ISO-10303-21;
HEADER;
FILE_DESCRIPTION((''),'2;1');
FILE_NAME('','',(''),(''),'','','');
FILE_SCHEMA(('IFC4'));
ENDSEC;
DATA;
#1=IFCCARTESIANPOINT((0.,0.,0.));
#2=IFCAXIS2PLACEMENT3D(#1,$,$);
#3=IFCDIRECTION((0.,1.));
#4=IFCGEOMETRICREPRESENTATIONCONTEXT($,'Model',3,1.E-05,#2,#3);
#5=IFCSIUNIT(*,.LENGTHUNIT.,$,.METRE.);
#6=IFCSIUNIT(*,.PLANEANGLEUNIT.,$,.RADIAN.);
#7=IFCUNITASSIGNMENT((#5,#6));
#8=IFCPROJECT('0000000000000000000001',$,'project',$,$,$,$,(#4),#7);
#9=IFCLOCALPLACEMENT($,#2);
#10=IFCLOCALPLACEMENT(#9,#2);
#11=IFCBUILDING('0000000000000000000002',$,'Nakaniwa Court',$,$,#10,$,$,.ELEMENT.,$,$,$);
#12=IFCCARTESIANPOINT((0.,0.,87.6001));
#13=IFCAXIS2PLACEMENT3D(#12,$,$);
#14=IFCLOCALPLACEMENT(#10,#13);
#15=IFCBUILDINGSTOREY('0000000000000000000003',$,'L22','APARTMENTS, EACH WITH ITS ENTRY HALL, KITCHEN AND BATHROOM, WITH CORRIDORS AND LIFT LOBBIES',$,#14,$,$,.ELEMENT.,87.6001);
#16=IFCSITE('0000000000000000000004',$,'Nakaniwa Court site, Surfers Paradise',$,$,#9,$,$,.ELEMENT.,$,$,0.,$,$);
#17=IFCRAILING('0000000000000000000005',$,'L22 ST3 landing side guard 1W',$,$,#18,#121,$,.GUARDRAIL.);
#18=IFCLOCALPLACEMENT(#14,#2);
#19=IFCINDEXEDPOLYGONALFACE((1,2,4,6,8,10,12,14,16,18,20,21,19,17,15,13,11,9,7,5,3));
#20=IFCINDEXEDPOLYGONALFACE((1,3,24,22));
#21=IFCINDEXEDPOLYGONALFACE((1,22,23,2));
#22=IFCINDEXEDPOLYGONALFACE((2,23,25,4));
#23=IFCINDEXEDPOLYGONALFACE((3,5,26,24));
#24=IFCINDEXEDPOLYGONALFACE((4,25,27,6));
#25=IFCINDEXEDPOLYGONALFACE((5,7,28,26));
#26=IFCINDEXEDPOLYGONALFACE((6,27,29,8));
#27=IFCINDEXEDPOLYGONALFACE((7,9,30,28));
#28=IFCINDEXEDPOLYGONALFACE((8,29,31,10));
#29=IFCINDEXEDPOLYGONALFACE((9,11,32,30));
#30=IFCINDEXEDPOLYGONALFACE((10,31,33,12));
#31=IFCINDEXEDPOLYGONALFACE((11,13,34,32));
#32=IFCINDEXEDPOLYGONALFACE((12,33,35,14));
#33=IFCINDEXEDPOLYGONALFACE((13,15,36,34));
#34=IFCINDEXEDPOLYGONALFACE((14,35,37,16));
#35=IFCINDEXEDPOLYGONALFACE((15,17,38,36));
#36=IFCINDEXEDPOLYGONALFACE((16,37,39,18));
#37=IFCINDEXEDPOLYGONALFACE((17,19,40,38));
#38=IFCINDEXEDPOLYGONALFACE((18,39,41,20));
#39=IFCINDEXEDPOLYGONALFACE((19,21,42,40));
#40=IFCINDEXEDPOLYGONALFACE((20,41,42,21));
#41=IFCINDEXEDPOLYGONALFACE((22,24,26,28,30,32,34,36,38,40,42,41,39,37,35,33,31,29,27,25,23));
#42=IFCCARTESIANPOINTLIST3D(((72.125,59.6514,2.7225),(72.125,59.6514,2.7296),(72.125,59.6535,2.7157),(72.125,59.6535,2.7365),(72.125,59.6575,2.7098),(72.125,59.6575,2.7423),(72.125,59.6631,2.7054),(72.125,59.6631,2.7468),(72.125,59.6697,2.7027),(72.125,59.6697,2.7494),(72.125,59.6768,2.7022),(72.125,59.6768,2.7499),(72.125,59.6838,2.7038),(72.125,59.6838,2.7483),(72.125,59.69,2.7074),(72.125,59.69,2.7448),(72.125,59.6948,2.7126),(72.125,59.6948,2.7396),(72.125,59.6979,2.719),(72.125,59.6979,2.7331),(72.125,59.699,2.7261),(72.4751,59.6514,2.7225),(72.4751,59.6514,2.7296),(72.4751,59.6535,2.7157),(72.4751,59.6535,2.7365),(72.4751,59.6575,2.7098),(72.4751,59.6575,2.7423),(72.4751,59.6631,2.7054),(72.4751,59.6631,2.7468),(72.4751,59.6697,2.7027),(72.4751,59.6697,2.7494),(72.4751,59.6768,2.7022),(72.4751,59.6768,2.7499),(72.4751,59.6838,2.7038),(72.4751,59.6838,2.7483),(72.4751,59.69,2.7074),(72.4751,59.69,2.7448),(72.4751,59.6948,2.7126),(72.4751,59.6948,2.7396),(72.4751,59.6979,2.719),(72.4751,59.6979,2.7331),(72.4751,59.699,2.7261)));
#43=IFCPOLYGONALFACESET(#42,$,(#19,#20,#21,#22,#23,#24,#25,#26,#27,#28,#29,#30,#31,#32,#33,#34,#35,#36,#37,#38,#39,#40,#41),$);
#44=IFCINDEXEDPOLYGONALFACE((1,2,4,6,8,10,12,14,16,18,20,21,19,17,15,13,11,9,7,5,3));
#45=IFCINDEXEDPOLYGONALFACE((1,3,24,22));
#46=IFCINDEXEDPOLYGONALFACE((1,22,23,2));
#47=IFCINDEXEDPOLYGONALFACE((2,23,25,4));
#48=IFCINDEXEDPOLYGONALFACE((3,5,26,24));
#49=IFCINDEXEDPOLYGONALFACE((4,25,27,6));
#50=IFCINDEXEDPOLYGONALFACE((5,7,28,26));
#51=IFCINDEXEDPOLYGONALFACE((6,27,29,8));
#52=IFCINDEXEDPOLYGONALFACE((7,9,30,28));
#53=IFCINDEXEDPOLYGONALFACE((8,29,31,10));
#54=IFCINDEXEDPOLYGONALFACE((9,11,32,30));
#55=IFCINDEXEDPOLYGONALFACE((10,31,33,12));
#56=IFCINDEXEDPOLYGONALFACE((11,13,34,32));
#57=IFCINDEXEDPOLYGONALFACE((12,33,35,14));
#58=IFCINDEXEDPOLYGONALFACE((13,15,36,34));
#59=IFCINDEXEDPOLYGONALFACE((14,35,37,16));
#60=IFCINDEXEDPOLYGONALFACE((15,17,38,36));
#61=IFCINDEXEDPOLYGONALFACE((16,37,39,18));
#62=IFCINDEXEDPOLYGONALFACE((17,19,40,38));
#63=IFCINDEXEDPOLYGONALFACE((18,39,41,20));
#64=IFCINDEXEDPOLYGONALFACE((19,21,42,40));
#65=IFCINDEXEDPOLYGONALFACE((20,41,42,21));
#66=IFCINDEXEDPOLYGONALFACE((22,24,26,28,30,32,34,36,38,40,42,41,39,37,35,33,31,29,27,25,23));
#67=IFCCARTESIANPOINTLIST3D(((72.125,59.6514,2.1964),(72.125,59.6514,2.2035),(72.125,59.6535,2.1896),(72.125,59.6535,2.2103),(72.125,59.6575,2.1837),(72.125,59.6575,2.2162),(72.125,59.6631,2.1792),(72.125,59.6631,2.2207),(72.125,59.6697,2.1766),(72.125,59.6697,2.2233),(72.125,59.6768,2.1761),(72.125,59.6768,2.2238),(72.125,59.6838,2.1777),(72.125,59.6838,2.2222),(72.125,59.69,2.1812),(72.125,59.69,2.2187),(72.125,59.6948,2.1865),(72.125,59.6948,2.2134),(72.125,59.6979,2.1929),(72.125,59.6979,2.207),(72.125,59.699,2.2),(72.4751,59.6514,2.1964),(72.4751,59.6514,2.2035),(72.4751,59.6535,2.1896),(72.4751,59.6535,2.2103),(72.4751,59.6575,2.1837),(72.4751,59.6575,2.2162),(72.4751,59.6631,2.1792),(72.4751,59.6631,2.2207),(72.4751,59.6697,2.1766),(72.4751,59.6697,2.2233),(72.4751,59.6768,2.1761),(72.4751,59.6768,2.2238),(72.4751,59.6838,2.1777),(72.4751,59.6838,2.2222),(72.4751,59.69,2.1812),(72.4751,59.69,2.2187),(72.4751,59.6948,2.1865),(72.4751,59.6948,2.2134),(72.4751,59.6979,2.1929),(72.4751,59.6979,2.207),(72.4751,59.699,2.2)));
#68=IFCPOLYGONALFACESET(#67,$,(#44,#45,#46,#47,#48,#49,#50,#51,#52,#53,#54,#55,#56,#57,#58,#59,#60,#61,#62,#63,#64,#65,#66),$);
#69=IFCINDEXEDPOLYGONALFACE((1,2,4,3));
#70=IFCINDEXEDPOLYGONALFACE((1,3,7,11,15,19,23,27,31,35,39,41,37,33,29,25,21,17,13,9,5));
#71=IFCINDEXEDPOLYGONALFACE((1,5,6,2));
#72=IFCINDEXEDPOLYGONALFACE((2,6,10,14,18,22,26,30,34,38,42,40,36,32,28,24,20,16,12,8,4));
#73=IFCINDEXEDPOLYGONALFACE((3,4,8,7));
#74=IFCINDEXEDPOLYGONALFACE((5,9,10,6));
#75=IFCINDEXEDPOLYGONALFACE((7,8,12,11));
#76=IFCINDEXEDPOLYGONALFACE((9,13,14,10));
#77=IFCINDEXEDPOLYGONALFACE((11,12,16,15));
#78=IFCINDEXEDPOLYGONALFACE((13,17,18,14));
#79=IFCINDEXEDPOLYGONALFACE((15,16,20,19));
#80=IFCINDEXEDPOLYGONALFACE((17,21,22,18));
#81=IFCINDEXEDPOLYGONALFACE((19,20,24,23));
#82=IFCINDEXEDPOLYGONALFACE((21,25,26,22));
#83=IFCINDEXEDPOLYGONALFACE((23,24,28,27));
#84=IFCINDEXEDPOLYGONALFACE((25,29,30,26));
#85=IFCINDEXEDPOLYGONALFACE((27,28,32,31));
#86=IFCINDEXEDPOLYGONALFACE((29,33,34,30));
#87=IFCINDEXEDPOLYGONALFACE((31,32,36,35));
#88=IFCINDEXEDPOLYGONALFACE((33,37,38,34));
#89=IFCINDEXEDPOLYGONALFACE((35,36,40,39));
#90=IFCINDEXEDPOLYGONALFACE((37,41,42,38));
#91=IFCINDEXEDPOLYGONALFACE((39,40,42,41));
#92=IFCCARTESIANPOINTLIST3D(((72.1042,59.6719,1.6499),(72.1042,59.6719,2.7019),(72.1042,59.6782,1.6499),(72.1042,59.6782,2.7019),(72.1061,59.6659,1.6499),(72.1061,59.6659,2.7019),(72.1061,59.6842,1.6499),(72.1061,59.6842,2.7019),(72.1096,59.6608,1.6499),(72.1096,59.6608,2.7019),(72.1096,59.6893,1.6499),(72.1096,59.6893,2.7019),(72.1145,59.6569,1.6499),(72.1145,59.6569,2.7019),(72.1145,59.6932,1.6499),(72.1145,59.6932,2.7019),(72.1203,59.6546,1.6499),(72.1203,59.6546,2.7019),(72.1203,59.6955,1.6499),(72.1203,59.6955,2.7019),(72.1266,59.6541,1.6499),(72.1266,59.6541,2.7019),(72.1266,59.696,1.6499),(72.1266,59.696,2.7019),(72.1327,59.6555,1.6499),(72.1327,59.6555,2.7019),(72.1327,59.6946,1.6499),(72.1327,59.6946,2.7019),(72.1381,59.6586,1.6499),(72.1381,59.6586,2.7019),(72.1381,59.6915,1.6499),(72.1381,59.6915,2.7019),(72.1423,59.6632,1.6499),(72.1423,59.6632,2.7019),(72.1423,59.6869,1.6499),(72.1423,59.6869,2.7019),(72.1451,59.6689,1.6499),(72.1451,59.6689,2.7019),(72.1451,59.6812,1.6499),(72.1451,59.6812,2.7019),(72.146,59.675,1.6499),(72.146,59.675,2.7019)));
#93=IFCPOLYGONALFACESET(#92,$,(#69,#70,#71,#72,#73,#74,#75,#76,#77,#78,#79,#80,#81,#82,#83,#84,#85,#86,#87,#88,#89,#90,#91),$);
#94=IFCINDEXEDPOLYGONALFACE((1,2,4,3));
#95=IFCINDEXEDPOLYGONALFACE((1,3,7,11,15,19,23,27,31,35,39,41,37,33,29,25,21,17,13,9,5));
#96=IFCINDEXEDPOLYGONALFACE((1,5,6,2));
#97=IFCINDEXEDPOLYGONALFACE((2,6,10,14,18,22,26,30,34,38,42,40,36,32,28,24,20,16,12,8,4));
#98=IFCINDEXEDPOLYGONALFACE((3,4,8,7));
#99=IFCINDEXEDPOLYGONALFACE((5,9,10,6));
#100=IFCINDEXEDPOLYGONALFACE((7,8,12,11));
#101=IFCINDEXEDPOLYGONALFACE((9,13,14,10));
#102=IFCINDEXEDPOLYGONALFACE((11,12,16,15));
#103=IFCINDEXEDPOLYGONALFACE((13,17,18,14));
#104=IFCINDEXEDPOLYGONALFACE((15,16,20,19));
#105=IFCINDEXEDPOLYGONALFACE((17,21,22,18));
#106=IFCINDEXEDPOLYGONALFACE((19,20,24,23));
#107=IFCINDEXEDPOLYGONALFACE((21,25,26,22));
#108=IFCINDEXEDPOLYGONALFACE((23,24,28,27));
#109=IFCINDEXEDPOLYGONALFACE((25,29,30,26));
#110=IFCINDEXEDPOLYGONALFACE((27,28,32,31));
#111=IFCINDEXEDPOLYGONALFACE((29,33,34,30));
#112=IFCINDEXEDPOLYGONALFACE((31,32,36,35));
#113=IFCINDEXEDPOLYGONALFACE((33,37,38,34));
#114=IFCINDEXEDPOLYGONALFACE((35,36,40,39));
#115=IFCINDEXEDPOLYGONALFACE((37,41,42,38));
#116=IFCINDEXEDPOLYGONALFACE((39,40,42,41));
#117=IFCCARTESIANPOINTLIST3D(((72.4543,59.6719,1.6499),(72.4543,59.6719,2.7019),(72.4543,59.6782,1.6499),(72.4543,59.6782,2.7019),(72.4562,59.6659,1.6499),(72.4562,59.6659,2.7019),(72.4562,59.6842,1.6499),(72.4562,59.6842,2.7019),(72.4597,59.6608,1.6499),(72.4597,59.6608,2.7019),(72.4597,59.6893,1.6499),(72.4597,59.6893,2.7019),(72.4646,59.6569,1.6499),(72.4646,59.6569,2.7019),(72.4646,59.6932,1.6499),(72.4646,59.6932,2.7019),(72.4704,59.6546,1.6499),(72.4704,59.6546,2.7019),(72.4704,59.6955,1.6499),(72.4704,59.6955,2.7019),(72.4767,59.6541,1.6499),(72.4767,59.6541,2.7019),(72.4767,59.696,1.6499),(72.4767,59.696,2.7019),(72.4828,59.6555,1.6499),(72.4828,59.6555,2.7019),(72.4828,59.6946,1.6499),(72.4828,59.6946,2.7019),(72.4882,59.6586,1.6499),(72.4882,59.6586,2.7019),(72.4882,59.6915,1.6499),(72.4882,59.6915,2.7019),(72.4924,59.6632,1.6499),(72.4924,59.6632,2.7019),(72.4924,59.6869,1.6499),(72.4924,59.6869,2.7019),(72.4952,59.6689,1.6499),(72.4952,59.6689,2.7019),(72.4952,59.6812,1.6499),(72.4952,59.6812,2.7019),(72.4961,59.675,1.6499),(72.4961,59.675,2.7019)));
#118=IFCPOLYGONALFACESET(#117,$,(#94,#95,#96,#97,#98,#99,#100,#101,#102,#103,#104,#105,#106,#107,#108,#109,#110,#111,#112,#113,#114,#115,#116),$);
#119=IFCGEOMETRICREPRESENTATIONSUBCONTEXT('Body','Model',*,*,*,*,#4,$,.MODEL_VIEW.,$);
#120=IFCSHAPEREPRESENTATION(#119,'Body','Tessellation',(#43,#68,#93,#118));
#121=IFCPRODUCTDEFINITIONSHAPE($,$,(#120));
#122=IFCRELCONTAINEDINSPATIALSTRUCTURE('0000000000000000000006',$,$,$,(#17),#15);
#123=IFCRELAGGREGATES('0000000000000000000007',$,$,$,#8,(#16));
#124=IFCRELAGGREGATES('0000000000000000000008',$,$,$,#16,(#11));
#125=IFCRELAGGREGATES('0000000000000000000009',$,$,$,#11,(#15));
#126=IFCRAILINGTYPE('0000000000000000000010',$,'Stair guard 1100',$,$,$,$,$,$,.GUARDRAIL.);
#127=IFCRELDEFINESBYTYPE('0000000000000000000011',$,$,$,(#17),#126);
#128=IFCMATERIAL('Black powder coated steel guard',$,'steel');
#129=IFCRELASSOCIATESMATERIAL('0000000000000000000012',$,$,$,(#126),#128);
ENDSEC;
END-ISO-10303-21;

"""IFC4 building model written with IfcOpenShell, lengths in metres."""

from ifc_helpers import new_model, si_unit, direction, frame, origin, origin_2d, place, context, subcontext, project, spatial, circle, extrude, material, type_object, element, save


model = new_model("IFC4")

# Units and contexts
model_context = context("Model", 3, precision=1e-05, world=origin(), true_north=direction((0.0, 1.0)))
body_context = subcontext(model_context, "Body", "Model", "MODEL_VIEW")
ifc_project = project(units=[si_unit("LENGTHUNIT", "METRE"), si_unit("PLANEANGLEUNIT", "RADIAN")], contexts=[model_context])

# Site, building, storey
site_placement = place(None, origin())
site = spatial("IfcSite", under=ifc_project, at=site_placement, Name="Nakaniwa Court site, Surfers Paradise", CompositionType="ELEMENT", RefElevation=0.0)
building_placement = place(site_placement, origin())
building = spatial("IfcBuilding", under=site, at=building_placement, Name="Nakaniwa Court", CompositionType="ELEMENT")
storey_placement = place(building_placement, frame((0.0, 0.0, 87.6001)))
storey = spatial("IfcBuildingStorey", under=building, at=storey_placement, Name="L22", Description="APARTMENTS, EACH WITH ITS ENTRY HALL, KITCHEN AND BATHROOM, WITH CORRIDORS AND LIFT LOBBIES", CompositionType="ELEMENT", Elevation=87.6001)

# Railing
ifc_material_1 = material(Name="Black powder coated steel guard", Category="steel")
railing_type_1 = type_object("IfcRailingType", Name="Stair guard 1100", PredefinedType="GUARDRAIL", material=ifc_material_1)
for number, where, name in (
    (1, (72.125, 59.675, 1.6499), "L22 ST3 landing side guard 1W"),
):
    element("IfcRailing", number, at=place(storey_placement, frame(where)), inside=storey, type_object=railing_type_1, Name=name, PredefinedType="GUARDRAIL", context=body_context, shape_type="SweptSolid", body=[
        extrude(circle(Radius=0.0239, at=origin_2d()), frame((0.0, 0.0, 1.0762), z_axis=(1.0, 0.0, 0.0), x_axis=(0.0, 1.0, 0.0)), (0.0, 0.0, 1.0), 0.3501),
        extrude(circle(Radius=0.0239, at=origin_2d()), frame((0.0, 0.0, 0.55), z_axis=(1.0, 0.0, 0.0), x_axis=(0.0, 1.0, 0.0)), (0.0, 0.0, 1.0), 0.3501),
        extrude(circle(Radius=0.021, at=origin_2d()), origin(), (0.0, 0.0, 1.0), 1.052),
        extrude(circle(Radius=0.021, at=origin_2d()), frame((0.3501, 0.0, 0.0)), (0.0, 0.0, 1.0), 1.052),
    ])

save(model, "model.ifc")
